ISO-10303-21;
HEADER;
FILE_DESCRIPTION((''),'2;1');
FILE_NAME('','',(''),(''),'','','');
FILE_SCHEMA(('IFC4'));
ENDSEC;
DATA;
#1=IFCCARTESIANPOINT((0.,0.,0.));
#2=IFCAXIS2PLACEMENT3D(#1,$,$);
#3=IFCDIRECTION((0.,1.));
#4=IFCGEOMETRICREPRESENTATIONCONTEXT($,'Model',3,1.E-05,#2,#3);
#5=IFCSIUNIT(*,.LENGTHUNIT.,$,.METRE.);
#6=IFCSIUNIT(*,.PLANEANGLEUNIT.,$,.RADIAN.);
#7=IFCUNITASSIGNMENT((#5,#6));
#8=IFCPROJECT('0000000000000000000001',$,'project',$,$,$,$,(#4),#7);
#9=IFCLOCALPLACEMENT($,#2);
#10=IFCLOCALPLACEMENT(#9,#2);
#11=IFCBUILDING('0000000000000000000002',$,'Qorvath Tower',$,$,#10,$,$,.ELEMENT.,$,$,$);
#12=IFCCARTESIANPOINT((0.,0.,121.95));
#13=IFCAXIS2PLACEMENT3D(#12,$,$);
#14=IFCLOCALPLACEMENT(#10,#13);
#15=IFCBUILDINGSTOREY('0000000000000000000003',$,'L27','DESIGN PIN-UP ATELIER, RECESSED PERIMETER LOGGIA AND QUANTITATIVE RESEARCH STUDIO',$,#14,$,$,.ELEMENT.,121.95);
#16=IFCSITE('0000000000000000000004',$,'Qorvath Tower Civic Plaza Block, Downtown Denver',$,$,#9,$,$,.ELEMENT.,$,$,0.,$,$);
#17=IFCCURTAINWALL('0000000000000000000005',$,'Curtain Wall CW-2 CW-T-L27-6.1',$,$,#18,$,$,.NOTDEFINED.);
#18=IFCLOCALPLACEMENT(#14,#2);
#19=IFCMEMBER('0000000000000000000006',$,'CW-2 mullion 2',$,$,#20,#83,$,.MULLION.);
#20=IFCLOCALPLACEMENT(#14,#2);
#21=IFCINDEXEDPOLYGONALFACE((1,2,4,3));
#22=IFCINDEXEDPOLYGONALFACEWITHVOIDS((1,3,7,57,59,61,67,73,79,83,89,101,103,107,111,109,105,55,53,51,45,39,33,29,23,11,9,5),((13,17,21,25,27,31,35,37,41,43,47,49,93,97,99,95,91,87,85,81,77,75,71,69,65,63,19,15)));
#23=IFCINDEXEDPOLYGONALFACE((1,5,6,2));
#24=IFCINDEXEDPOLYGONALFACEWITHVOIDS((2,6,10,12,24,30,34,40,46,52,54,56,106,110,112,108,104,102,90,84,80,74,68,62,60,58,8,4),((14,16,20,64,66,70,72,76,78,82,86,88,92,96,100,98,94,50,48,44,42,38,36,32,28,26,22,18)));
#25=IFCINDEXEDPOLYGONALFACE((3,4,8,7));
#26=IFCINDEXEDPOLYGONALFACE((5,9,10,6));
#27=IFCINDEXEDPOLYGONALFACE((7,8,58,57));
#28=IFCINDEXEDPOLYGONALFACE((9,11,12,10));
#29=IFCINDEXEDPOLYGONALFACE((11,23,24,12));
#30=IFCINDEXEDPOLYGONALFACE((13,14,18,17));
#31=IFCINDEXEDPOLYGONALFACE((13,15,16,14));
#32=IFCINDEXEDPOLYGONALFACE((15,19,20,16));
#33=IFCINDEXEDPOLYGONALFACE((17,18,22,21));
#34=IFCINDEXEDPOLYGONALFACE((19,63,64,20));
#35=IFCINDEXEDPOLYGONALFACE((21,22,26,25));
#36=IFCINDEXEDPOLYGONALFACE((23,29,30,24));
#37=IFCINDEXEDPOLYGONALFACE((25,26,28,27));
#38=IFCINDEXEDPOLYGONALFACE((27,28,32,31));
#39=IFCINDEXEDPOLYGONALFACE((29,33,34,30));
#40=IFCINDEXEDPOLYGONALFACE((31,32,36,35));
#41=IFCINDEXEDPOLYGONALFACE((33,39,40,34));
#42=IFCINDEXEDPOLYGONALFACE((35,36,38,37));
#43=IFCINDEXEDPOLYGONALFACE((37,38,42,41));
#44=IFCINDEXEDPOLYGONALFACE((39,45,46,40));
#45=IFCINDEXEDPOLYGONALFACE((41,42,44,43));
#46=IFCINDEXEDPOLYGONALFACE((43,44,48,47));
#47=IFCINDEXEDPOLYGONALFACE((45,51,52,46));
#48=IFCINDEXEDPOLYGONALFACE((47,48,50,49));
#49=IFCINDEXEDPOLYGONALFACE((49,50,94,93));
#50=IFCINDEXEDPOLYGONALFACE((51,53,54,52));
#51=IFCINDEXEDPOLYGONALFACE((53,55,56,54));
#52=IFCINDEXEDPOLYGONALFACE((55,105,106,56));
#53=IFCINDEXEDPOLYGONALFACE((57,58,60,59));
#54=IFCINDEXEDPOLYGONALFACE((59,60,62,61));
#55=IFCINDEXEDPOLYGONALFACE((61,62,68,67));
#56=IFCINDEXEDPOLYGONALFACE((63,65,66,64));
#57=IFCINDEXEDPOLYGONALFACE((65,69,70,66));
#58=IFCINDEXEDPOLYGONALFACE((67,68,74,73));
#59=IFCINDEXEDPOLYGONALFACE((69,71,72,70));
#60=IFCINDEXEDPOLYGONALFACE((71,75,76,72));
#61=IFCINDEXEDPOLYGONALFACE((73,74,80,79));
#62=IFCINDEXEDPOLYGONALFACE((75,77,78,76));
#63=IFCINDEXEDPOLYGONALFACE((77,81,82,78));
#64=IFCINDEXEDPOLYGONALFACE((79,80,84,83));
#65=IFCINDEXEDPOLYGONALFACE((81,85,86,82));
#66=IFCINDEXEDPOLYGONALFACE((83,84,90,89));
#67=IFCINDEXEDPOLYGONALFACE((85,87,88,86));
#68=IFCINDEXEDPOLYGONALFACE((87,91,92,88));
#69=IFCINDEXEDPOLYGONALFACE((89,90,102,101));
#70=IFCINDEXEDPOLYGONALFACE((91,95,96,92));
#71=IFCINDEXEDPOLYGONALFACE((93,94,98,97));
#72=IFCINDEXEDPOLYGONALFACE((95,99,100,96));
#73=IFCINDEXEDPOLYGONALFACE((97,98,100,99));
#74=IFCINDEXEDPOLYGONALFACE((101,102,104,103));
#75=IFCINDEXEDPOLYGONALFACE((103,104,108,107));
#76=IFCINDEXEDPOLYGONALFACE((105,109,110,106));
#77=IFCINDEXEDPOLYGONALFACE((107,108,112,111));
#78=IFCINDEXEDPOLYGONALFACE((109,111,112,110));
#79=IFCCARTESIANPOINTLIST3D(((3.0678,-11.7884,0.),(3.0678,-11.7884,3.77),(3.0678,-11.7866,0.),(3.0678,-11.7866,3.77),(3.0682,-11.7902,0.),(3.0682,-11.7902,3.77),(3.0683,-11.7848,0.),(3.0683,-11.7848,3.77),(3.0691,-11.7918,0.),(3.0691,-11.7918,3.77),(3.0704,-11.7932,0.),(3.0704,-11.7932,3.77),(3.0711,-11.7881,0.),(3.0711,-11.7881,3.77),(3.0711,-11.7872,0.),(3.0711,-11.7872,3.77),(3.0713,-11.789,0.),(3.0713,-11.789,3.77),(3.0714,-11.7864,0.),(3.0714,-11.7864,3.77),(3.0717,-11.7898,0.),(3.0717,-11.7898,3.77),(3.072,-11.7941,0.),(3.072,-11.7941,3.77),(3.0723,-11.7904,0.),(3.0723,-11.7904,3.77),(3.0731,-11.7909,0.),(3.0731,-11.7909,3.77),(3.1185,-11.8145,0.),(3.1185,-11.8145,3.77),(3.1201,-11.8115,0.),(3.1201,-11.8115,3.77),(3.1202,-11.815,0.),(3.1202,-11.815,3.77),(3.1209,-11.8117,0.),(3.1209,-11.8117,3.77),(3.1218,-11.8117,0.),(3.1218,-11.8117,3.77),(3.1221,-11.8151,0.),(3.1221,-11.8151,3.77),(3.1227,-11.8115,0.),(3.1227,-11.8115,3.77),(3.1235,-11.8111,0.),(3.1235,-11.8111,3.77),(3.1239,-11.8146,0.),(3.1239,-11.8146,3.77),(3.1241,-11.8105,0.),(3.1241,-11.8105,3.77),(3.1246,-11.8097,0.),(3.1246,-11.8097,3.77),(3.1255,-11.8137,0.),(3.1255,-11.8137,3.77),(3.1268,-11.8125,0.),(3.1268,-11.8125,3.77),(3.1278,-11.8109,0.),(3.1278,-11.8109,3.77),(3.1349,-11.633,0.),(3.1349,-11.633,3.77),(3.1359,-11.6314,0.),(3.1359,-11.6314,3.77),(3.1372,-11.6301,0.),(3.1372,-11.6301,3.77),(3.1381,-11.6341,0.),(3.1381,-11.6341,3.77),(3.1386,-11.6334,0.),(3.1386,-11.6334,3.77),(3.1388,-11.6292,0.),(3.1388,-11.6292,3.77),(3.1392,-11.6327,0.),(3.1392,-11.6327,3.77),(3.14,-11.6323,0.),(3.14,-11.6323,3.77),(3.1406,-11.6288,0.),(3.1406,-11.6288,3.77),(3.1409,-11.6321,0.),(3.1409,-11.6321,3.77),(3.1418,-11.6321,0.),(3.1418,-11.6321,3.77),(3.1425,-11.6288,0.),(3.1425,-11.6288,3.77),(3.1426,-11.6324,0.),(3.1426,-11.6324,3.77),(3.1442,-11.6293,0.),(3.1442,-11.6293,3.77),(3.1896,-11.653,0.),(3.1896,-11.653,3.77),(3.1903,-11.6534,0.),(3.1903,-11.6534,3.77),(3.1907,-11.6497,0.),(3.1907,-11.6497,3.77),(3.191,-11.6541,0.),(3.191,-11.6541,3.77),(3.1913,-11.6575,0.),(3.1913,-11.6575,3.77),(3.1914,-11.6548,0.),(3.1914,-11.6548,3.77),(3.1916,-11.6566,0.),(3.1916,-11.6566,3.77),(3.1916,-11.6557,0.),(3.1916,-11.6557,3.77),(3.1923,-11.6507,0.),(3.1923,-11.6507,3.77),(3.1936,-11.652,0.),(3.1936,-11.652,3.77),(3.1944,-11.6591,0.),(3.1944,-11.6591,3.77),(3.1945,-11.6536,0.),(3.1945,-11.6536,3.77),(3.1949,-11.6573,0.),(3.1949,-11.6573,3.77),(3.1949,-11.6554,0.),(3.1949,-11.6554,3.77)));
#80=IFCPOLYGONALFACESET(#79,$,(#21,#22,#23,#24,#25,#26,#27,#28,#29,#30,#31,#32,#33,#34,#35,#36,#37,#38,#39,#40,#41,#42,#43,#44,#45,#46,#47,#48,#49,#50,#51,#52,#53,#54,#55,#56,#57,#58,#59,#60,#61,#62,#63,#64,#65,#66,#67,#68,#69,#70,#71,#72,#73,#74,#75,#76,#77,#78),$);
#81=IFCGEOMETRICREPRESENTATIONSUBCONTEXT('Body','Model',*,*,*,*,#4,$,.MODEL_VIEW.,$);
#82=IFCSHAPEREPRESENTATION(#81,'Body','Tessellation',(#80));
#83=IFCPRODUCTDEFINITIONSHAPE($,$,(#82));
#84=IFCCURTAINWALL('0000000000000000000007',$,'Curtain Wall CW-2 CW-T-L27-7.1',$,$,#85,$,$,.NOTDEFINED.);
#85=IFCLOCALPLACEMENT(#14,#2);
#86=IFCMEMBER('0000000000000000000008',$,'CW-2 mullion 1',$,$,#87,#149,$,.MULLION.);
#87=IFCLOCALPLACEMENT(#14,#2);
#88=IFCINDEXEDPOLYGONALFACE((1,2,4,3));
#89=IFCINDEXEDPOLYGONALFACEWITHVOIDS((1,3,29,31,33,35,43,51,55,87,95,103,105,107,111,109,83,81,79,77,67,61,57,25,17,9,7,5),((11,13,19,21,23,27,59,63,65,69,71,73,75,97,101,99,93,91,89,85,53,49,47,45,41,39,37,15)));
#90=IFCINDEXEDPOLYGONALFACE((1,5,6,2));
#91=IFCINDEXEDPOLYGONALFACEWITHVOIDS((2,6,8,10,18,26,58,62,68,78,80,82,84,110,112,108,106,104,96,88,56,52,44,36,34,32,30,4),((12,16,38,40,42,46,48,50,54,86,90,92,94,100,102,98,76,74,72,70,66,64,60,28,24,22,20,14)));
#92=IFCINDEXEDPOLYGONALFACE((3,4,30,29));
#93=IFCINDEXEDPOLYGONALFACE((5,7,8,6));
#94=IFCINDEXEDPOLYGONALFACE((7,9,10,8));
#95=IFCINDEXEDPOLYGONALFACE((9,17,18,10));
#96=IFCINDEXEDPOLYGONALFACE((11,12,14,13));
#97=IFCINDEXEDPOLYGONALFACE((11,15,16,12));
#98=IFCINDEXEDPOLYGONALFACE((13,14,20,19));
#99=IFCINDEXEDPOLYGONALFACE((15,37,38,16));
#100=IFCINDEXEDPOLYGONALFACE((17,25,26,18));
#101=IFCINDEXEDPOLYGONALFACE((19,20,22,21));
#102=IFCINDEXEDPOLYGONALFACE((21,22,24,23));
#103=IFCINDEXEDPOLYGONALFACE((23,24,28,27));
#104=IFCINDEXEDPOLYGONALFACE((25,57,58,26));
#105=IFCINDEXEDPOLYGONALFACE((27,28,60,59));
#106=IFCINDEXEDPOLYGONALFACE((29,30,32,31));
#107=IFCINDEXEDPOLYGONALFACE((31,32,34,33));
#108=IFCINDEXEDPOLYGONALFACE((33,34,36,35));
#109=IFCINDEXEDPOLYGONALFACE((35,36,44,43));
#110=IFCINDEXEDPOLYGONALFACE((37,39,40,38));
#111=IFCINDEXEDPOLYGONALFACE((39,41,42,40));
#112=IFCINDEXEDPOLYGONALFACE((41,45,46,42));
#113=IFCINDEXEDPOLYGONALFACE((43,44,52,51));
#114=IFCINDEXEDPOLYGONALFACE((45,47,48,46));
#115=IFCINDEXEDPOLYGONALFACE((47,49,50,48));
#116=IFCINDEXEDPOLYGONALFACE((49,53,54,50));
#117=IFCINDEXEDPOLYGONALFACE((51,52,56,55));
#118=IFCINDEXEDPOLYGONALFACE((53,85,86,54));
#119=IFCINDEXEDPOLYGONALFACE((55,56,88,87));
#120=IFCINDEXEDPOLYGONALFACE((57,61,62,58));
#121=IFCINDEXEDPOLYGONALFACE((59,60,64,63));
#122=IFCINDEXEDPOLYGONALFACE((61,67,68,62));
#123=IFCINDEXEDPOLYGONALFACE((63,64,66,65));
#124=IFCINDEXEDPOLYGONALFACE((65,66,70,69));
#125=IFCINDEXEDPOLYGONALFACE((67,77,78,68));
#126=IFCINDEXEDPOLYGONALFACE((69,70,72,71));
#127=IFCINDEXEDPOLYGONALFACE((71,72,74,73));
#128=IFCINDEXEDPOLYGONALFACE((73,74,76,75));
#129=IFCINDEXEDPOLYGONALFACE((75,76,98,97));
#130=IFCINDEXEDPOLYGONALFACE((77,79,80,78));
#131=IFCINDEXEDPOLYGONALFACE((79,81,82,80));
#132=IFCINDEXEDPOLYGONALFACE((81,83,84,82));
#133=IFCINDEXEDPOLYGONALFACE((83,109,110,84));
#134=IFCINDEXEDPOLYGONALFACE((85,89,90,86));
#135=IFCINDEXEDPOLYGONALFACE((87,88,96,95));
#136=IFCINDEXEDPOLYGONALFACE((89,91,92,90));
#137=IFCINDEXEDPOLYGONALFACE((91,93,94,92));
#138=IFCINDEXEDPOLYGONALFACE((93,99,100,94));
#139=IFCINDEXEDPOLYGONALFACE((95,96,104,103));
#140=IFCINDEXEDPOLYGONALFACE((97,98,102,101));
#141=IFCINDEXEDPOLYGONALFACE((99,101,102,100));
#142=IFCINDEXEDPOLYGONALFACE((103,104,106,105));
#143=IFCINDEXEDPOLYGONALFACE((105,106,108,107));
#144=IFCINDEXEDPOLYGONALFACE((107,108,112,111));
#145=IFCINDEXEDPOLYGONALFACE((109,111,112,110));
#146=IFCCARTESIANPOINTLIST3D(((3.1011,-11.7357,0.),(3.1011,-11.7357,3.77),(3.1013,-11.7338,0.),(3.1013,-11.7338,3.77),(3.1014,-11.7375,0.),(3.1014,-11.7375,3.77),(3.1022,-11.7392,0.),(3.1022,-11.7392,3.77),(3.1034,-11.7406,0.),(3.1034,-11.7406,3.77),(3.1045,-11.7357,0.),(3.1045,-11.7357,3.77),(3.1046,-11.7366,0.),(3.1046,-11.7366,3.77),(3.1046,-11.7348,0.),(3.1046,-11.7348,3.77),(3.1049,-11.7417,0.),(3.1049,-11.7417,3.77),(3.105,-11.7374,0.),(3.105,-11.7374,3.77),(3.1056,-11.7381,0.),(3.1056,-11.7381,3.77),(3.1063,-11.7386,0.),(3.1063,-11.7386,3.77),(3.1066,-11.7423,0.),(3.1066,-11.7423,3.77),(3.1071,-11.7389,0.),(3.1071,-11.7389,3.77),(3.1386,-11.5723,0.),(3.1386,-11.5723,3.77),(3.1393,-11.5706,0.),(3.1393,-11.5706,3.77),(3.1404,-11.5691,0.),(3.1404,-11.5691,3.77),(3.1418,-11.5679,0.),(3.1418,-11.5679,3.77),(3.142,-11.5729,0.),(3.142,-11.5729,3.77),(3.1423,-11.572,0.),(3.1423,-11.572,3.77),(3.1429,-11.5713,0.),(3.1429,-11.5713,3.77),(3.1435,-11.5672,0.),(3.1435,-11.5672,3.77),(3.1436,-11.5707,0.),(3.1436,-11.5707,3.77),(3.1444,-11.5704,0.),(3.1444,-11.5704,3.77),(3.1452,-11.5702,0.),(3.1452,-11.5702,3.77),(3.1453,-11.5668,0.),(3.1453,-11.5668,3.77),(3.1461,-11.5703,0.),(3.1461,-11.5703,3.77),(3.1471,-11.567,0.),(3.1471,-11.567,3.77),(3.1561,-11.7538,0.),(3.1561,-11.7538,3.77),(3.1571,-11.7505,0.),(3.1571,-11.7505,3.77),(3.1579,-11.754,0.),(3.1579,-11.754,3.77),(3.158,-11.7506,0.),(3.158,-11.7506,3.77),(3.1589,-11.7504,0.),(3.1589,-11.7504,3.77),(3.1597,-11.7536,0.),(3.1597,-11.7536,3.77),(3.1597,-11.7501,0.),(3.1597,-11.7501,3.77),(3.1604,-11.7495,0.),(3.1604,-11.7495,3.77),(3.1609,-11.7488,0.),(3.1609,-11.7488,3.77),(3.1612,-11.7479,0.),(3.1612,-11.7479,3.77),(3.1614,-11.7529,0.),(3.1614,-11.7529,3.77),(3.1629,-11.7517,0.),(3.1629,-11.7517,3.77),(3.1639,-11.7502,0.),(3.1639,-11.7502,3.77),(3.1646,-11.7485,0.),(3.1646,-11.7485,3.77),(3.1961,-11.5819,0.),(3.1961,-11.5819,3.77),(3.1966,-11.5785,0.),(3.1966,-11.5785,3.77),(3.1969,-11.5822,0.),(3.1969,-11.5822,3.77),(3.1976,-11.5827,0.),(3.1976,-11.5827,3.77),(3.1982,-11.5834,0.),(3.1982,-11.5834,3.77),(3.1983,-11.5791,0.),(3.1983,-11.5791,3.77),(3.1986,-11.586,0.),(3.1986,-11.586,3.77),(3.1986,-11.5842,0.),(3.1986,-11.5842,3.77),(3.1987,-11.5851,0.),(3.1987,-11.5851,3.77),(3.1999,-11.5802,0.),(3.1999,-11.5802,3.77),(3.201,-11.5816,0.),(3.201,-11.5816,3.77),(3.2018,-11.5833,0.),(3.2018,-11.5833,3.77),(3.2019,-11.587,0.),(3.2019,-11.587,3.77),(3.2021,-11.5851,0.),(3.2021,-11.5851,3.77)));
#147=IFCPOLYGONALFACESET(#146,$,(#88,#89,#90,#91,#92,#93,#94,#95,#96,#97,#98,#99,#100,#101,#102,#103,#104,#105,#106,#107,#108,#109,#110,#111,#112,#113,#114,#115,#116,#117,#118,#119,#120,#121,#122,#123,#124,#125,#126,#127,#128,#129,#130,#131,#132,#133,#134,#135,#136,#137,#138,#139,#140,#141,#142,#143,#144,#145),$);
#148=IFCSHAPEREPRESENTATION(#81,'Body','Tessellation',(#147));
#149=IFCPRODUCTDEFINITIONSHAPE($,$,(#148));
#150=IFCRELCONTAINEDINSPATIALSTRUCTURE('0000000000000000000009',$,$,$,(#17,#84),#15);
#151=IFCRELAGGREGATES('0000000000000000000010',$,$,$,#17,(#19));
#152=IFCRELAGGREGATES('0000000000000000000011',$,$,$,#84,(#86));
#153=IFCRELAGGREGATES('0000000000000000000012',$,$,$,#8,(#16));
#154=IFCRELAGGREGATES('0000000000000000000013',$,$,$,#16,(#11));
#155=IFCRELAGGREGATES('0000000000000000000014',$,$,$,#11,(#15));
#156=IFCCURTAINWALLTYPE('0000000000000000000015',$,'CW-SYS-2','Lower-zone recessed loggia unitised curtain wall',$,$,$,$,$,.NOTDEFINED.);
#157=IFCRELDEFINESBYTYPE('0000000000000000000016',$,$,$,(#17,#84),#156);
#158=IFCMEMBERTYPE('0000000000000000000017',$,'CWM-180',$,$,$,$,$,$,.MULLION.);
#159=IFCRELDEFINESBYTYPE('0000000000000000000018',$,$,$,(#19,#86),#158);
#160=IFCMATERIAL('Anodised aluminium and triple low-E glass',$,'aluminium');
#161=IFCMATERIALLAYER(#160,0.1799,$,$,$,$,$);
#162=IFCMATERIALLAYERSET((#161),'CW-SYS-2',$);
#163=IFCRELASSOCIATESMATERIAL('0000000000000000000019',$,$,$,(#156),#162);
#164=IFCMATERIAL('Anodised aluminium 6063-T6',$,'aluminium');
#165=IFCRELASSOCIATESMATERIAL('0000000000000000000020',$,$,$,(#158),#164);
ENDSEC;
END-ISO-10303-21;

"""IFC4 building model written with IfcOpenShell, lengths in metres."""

from ifc_helpers import new_model, si_unit, direction, frame, origin, origin_2d, place, context, subcontext, project, spatial, hollow_rectangle, extrude, material, layer, layer_set, material_profile, profile_set, type_object, element, aggregate, save


model = new_model("IFC4")

# Units and contexts
model_context = context("Model", 3, precision=1e-05, world=origin(), true_north=direction((0.0, 1.0)))
body_context = subcontext(model_context, "Body", "Model", "MODEL_VIEW")
ifc_project = project(units=[si_unit("LENGTHUNIT", "METRE"), si_unit("PLANEANGLEUNIT", "RADIAN")], contexts=[model_context])

# Site, building, storey
site_placement = place(None, origin())
site = spatial("IfcSite", under=ifc_project, at=site_placement, Name="Qorvath Tower Civic Plaza Block, Downtown Denver", CompositionType="ELEMENT", RefElevation=0.0)
building_placement = place(site_placement, origin())
building = spatial("IfcBuilding", under=site, at=building_placement, Name="Qorvath Tower", CompositionType="ELEMENT")
storey_placement = place(building_placement, frame((0.0, 0.0, 121.95)))
storey = spatial("IfcBuildingStorey", under=building, at=storey_placement, Name="L27", Description="DESIGN PIN-UP ATELIER, RECESSED PERIMETER LOGGIA AND QUANTITATIVE RESEARCH STUDIO", CompositionType="ELEMENT", Elevation=121.95)

# Shared definitions
ifc_material_1 = material(Name="Anodised aluminium and triple low-E glass", Category="aluminium")
ifc_layer_1 = layer(ifc_material_1, 0.1799)
ifc_layer_set_1 = layer_set([ifc_layer_1], Name="CW-SYS-2")
curtain_wall_type = type_object("IfcCurtainWallType", Name="CW-SYS-2", Description="Lower-zone recessed loggia unitised curtain wall", PredefinedType="NOTDEFINED", material=ifc_layer_set_1)
ifc_material_2 = material(Name="Anodised aluminium 6063-T6", Category="aluminium")
ifc_material_profile_1 = material_profile(ifc_material_2, hollow_rectangle(XDim=0.0649, YDim=0.1799, WallThickness=0.0034, InnerFilletRadius=0.0034, OuterFilletRadius=0.0071, at=origin_2d()), Name="CWM 180x65")
ifc_profile_set_1 = profile_set([ifc_material_profile_1], Name="Anodised aluminium 6063-T6")
member_type_1 = type_object("IfcMemberType", Name="CWM-180", PredefinedType="MULLION", material=ifc_profile_set_1)

# Curtain walls, members
curtain_wall_1_placement = place(storey_placement, origin())
curtain_wall_1 = element("IfcCurtainWall", 1, at=curtain_wall_1_placement, inside=storey, type_object=curtain_wall_type, Name="Curtain Wall CW-2 CW-T-L27-6.1", PredefinedType="NOTDEFINED")
member_1_placement = place(storey_placement, frame((3.1313, -11.7219, 0.0), z_axis=(0.0, 0.0, 1.0), x_axis=(-0.915794, 0.401649, 0.0)))
member_1 = element("IfcMember", 2, at=member_1_placement, type_object=member_type_1, Name="CW-2 mullion 2", PredefinedType="MULLION", context=body_context, shape_type="SweptSolid", body=[
    extrude(hollow_rectangle(XDim=0.0649, YDim=0.1799, WallThickness=0.0034, InnerFilletRadius=0.0034, OuterFilletRadius=0.0071, at=origin_2d()), origin(), (0.0, 0.0, 1.0), 3.77),
])
curtain_wall_2_placement = place(storey_placement, origin())
curtain_wall_2 = element("IfcCurtainWall", 3, at=curtain_wall_2_placement, inside=storey, type_object=curtain_wall_type, Name="Curtain Wall CW-2 CW-T-L27-7.1", PredefinedType="NOTDEFINED")
member_2_placement = place(storey_placement, frame((3.1516, -11.6604, 0.0), z_axis=(0.0, 0.0, 1.0), x_axis=(-0.974296, 0.22527, 0.0)))
member_2 = element("IfcMember", 4, at=member_2_placement, type_object=member_type_1, Name="CW-2 mullion 1", PredefinedType="MULLION", context=body_context, shape_type="SweptSolid", body=[
    extrude(hollow_rectangle(XDim=0.0649, YDim=0.1799, WallThickness=0.0034, InnerFilletRadius=0.0034, OuterFilletRadius=0.0071, at=origin_2d()), origin(), (0.0, 0.0, 1.0), 3.77),
])

aggregate(curtain_wall_1, [member_1])
aggregate(curtain_wall_2, [member_2])

save(model, "model.ifc")
